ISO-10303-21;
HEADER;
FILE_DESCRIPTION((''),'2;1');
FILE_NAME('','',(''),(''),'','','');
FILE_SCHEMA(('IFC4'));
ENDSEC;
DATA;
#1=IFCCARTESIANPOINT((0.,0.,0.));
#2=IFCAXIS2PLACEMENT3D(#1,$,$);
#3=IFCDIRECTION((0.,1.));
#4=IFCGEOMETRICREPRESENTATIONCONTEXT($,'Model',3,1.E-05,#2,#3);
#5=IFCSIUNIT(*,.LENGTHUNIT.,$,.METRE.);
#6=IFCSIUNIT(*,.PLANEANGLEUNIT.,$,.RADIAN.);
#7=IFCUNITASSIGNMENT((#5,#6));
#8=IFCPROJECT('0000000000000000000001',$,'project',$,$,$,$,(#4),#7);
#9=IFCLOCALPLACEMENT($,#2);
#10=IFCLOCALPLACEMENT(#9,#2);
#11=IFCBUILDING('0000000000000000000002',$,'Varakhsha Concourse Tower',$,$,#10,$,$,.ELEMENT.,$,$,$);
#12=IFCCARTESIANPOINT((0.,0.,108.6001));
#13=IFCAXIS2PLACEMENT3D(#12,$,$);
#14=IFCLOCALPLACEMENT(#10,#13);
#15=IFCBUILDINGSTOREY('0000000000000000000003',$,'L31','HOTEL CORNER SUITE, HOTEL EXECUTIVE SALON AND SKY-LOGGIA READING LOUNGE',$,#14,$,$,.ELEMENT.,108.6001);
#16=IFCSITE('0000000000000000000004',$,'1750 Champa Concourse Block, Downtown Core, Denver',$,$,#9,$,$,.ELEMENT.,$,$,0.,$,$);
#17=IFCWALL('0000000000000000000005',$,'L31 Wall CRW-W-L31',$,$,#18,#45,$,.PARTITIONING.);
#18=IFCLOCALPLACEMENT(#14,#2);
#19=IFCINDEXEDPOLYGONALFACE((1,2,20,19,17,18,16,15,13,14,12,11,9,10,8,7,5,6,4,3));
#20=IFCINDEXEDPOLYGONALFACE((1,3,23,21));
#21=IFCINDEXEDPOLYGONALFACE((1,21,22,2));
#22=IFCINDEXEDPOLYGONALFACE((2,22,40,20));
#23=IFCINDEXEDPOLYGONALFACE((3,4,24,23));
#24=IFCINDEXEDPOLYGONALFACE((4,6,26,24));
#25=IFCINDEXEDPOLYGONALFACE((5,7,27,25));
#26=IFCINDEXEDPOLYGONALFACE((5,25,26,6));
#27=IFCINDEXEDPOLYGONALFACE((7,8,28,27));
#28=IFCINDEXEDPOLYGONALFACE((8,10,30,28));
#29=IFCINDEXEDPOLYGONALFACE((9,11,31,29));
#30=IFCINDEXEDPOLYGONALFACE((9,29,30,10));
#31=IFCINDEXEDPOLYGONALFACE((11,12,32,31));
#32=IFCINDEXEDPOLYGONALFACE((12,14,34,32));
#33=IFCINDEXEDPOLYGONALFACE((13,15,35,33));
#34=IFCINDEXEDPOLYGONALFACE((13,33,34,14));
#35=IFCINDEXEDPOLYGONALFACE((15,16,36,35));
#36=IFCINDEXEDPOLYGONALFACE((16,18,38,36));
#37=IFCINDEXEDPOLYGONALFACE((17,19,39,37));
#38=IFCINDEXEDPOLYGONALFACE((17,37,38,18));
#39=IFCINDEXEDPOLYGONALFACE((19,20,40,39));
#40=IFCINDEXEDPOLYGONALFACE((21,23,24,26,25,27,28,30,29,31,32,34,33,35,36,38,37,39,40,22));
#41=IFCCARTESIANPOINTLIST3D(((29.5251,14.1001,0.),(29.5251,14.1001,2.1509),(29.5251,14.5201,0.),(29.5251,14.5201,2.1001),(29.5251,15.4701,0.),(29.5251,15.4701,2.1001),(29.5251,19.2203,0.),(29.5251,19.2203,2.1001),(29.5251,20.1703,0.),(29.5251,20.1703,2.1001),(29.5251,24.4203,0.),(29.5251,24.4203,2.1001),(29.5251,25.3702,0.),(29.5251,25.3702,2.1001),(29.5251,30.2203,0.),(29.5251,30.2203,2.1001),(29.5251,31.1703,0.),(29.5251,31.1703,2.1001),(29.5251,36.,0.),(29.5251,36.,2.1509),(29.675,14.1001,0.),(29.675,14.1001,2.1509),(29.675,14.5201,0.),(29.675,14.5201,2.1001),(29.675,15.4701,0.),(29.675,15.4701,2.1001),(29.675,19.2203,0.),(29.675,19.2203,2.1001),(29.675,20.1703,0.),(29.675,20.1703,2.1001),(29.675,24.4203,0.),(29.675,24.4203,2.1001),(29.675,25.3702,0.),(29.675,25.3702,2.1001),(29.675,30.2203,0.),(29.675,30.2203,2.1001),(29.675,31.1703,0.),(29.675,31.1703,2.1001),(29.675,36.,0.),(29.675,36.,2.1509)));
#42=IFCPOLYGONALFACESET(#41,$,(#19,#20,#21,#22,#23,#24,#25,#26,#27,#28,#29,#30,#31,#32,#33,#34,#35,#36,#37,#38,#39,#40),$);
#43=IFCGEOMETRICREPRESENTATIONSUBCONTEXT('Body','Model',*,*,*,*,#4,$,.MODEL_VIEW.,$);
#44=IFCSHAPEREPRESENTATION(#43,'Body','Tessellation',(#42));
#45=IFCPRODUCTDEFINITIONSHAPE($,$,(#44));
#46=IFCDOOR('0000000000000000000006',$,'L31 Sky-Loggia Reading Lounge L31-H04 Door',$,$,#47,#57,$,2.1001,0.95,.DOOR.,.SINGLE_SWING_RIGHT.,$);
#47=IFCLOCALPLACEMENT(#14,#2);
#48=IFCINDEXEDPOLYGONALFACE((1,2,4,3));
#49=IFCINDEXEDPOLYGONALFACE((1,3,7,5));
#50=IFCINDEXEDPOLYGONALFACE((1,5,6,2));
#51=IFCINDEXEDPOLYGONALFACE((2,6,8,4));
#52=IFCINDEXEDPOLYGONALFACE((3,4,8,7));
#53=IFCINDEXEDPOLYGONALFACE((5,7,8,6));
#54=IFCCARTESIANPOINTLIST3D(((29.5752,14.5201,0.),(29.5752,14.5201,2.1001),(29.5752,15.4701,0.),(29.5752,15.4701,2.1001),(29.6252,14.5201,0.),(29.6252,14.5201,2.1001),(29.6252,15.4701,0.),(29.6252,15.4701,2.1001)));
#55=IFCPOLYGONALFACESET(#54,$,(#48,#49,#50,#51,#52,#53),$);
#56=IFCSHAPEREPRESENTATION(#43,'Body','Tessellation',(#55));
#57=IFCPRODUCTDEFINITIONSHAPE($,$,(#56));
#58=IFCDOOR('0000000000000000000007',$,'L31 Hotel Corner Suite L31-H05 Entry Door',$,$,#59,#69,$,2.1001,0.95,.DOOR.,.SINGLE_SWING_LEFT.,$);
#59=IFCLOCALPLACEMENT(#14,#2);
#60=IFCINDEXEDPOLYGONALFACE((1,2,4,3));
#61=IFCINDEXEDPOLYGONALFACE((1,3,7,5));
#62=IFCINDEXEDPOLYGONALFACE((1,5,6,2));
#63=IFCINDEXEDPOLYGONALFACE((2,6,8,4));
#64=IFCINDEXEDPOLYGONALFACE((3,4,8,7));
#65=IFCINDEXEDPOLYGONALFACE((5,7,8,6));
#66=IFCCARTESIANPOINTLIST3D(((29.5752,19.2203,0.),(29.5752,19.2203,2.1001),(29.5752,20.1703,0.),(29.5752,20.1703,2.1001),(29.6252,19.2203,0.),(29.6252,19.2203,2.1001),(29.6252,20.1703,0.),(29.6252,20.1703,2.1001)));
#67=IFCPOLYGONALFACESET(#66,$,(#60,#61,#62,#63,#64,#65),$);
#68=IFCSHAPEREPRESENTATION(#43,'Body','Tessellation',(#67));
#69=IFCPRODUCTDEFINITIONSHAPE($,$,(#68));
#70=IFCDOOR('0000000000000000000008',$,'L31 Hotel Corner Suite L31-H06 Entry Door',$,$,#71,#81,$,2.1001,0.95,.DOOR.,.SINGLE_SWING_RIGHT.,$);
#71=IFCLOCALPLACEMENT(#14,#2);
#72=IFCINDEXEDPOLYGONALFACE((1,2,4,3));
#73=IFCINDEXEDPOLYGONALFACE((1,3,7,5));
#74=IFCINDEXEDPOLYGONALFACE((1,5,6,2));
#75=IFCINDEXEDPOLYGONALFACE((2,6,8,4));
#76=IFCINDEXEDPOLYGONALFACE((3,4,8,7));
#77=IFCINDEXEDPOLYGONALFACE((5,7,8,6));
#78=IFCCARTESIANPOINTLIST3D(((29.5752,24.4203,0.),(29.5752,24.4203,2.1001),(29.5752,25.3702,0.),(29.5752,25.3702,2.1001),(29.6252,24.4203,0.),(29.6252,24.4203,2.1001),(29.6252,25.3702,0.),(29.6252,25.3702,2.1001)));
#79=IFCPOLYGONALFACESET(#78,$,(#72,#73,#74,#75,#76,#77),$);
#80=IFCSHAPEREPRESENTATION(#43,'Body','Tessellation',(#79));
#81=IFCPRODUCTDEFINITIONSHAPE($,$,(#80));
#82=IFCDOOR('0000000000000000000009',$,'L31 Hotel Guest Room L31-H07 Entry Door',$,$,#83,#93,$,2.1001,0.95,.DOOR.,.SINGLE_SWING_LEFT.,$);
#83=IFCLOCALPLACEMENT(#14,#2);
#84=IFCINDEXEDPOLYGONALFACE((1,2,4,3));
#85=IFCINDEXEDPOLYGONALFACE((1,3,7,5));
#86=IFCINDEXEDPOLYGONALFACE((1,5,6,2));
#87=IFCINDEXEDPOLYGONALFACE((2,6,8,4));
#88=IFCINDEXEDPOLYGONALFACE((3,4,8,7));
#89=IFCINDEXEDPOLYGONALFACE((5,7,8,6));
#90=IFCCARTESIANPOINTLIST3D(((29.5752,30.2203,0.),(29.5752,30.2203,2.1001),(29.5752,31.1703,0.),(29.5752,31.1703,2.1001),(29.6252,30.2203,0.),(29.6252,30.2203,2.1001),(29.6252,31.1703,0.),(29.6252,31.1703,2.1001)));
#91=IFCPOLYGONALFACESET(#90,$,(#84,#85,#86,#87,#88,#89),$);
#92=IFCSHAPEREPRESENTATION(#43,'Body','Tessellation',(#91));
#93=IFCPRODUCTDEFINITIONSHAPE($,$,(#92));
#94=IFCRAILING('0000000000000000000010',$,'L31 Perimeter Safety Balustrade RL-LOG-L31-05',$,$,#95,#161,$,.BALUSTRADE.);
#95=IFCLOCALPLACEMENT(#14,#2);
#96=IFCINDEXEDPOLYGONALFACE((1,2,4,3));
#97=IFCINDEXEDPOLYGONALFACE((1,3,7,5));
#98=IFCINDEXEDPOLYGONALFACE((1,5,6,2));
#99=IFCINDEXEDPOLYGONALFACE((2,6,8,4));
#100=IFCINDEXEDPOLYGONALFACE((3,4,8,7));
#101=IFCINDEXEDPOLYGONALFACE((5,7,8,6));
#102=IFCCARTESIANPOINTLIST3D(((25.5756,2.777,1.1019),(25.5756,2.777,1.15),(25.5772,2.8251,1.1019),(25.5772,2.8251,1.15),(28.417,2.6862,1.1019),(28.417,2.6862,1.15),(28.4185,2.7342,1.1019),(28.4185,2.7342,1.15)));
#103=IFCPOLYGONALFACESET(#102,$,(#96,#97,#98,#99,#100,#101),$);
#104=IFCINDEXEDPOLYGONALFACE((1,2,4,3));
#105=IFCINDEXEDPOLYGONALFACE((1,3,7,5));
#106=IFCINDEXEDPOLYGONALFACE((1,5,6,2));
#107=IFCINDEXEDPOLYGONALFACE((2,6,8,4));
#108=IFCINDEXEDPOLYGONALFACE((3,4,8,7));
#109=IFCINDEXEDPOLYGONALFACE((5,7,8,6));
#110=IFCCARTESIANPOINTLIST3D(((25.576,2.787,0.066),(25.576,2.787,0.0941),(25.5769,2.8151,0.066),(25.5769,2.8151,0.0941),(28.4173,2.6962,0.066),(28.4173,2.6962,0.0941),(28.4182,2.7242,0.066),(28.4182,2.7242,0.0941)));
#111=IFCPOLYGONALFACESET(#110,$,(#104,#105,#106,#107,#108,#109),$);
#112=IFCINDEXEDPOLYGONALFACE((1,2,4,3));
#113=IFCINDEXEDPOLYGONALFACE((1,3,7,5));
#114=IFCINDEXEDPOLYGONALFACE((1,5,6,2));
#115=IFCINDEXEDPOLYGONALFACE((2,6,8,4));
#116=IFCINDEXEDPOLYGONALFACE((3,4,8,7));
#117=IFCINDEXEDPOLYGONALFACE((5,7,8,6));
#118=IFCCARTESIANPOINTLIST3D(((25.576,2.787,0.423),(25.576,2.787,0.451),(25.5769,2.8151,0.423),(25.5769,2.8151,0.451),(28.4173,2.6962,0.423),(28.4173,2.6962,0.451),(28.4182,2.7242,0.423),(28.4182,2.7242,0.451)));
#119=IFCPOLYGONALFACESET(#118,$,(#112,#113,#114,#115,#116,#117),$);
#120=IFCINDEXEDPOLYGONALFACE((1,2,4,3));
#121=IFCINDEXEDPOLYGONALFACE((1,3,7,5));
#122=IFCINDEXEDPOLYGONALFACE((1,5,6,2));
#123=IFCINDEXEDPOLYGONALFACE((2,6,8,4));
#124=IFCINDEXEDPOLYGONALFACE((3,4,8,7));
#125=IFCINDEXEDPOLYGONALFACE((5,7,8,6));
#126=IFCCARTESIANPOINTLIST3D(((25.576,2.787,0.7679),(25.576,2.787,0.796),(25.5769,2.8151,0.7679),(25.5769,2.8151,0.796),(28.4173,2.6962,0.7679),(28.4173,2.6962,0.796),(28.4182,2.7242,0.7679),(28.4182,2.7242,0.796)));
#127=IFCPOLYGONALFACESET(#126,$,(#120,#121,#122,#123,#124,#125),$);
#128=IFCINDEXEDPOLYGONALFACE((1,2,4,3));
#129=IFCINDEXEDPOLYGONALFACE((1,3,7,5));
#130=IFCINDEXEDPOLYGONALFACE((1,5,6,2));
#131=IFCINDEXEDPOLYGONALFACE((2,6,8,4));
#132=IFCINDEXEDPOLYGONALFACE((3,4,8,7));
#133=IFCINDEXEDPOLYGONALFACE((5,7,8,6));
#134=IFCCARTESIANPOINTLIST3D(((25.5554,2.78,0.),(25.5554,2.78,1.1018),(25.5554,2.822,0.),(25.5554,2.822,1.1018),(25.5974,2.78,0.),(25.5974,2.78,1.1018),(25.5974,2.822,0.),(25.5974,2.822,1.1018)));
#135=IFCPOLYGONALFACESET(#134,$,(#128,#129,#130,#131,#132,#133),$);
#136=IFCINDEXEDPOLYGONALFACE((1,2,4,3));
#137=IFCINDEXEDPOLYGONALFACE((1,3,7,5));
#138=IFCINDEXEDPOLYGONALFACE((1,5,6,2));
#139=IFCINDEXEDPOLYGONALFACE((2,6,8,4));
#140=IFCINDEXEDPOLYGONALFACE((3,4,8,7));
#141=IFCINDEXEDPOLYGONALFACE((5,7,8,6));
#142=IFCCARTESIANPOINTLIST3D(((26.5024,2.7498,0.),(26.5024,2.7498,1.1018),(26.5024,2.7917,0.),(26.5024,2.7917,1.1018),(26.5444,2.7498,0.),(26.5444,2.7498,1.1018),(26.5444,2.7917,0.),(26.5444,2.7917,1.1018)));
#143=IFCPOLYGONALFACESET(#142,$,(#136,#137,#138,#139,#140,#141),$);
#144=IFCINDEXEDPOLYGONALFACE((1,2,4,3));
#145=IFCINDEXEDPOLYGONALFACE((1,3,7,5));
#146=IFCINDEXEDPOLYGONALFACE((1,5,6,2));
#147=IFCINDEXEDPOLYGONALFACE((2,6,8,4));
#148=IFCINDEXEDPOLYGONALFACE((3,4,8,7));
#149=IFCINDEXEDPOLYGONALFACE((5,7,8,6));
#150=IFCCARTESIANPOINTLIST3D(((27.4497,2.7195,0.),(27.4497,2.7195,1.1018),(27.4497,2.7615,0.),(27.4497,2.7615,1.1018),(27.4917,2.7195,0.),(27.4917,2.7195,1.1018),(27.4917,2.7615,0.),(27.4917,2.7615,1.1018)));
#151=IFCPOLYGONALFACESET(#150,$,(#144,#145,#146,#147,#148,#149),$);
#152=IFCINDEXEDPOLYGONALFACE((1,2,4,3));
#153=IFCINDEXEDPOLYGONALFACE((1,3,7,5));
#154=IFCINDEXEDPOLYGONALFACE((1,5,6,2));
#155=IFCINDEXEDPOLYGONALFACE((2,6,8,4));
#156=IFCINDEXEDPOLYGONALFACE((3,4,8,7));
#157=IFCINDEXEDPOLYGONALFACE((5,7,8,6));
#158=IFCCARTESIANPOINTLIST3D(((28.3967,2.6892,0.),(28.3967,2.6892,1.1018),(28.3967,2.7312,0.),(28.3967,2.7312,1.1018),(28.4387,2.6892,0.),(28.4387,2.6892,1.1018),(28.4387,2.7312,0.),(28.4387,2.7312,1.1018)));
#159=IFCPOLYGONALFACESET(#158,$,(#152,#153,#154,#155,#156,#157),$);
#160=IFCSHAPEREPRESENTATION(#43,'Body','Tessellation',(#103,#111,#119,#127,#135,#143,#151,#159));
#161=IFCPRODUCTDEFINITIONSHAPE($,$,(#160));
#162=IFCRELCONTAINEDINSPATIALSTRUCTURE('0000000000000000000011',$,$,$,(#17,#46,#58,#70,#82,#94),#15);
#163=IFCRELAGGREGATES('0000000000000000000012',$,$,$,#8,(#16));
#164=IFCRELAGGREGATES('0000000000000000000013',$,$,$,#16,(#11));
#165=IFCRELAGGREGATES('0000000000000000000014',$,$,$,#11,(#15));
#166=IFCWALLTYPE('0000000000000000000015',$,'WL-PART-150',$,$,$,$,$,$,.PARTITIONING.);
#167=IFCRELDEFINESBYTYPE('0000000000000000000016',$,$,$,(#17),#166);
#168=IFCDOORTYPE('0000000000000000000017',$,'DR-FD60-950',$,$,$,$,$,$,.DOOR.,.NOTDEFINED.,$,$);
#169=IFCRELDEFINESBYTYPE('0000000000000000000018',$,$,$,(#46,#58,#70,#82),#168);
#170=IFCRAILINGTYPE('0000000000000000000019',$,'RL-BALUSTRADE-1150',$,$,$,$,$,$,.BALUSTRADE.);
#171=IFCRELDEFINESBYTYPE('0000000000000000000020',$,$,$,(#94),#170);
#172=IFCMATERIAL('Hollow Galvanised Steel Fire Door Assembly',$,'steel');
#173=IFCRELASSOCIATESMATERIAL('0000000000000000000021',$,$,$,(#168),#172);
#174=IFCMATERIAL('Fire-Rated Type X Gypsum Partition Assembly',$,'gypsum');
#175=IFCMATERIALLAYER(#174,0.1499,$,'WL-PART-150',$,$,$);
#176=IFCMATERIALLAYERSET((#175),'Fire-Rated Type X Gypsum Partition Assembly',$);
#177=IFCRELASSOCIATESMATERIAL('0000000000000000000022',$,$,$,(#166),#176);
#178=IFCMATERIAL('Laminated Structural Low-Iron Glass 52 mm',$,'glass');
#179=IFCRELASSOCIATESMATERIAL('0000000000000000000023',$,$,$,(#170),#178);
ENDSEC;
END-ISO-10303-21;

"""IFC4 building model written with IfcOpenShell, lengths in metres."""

from ifc_helpers import new_model, si_unit, direction, frame, frame_2d, origin, origin_2d, place, context, subcontext, project, spatial, rectangle, extrude, material, layer, layer_set, type_object, element, fill, save


model = new_model("IFC4")

# Units and contexts
model_context = context("Model", 3, precision=1e-05, world=origin(), true_north=direction((0.0, 1.0)))
body_context = subcontext(model_context, "Body", "Model", "MODEL_VIEW")
ifc_project = project(units=[si_unit("LENGTHUNIT", "METRE"), si_unit("PLANEANGLEUNIT", "RADIAN")], contexts=[model_context])

# Site, building, storey
site_placement = place(None, origin())
site = spatial("IfcSite", under=ifc_project, at=site_placement, Name="1750 Champa Concourse Block, Downtown Core, Denver", CompositionType="ELEMENT", RefElevation=0.0)
building_placement = place(site_placement, origin())
building = spatial("IfcBuilding", under=site, at=building_placement, Name="Varakhsha Concourse Tower", CompositionType="ELEMENT")
storey_placement = place(building_placement, frame((0.0, 0.0, 108.6001)))
storey = spatial("IfcBuildingStorey", under=building, at=storey_placement, Name="L31", Description="HOTEL CORNER SUITE, HOTEL EXECUTIVE SALON AND SKY-LOGGIA READING LOUNGE", CompositionType="ELEMENT", Elevation=108.6001)

# Wall, openings, doors
ifc_material_1 = material(Name="Hollow Galvanised Steel Fire Door Assembly", Category="steel")
door_type_1 = type_object("IfcDoorType", Name="DR-FD60-950", OperationType="NOTDEFINED", PredefinedType="DOOR", material=ifc_material_1)
ifc_material_2 = material(Name="Fire-Rated Type X Gypsum Partition Assembly", Category="gypsum")
ifc_layer_1 = layer(ifc_material_2, 0.1499, Name="WL-PART-150")
ifc_layer_set_1 = layer_set([ifc_layer_1], Name="Fire-Rated Type X Gypsum Partition Assembly")
wall_type_1 = type_object("IfcWallType", Name="WL-PART-150", PredefinedType="PARTITIONING", material=ifc_layer_set_1)
wall_1_placement = place(storey_placement, frame((29.6001, 14.1001, 0.0), z_axis=(0.0, 0.0, 1.0), x_axis=(0.0, 1.0, 0.0)))
wall_1 = element("IfcWall", 1, at=wall_1_placement, inside=storey, type_object=wall_type_1, Name="L31 Wall CRW-W-L31", PredefinedType="PARTITIONING", context=body_context, shape_type="SweptSolid", body=[
    extrude(rectangle(XDim=21.8999, YDim=0.1499, at=frame_2d((10.95, 0.0))), origin(), (0.0, 0.0, 1.0), 2.1509),
])
opening_1_placement = place(wall_1_placement, frame((0.4199, 0.0, 0.0)))
opening_1 = element("IfcOpeningElement", 2, at=opening_1_placement, cuts=wall_1, PredefinedType="OPENING", context=body_context, shape_type="SweptSolid", body=[
    extrude(rectangle(XDim=0.95, YDim=2.1001, at=frame_2d((0.4751, 1.05))), frame((0.0, 0.085, 0.0), z_axis=(0.0, -1.0, 0.0), x_axis=(1.0, 0.0, 0.0)), (0.0, 0.0, 1.0), 0.1699),
])
opening_2_placement = place(wall_1_placement, frame((5.1201, 0.0, 0.0)))
opening_2 = element("IfcOpeningElement", 3, at=opening_2_placement, cuts=wall_1, PredefinedType="OPENING", context=body_context, shape_type="SweptSolid", body=[
    extrude(rectangle(XDim=0.95, YDim=2.1001, at=frame_2d((0.4751, 1.05))), frame((0.0, 0.085, 0.0), z_axis=(0.0, -1.0, 0.0), x_axis=(1.0, 0.0, 0.0)), (0.0, 0.0, 1.0), 0.1699),
])
opening_3_placement = place(wall_1_placement, frame((10.3201, 0.0, 0.0)))
opening_3 = element("IfcOpeningElement", 4, at=opening_3_placement, cuts=wall_1, PredefinedType="OPENING", context=body_context, shape_type="SweptSolid", body=[
    extrude(rectangle(XDim=0.95, YDim=2.1001, at=frame_2d((0.4751, 1.05))), frame((0.0, 0.085, 0.0), z_axis=(0.0, -1.0, 0.0), x_axis=(1.0, 0.0, 0.0)), (0.0, 0.0, 1.0), 0.1699),
])
opening_4_placement = place(wall_1_placement, frame((16.1201, 0.0, 0.0)))
opening_4 = element("IfcOpeningElement", 5, at=opening_4_placement, cuts=wall_1, PredefinedType="OPENING", context=body_context, shape_type="SweptSolid", body=[
    extrude(rectangle(XDim=0.95, YDim=2.1001, at=frame_2d((0.4751, 1.05))), frame((0.0, 0.085, 0.0), z_axis=(0.0, -1.0, 0.0), x_axis=(1.0, 0.0, 0.0)), (0.0, 0.0, 1.0), 0.1699),
])
door_1_placement = place(opening_1_placement, origin())
door_1 = element("IfcDoor", 6, at=door_1_placement, inside=storey, type_object=door_type_1, Name="L31 Sky-Loggia Reading Lounge L31-H04 Door", OperationType="SINGLE_SWING_RIGHT", OverallHeight=2.1001, OverallWidth=0.95, PredefinedType="DOOR", context=body_context, shape_type="SweptSolid", body=[
    extrude(rectangle(XDim=0.95, YDim=2.1001, at=frame_2d((0.4751, 1.05))), frame((0.0, 0.0249, 0.0), z_axis=(0.0, -1.0, 0.0), x_axis=(1.0, 0.0, 0.0)), (0.0, 0.0, 1.0), 0.05),
])
fill(opening_1, door_1)
door_2_placement = place(opening_2_placement, origin())
door_2 = element("IfcDoor", 7, at=door_2_placement, inside=storey, type_object=door_type_1, Name="L31 Hotel Corner Suite L31-H05 Entry Door", OperationType="SINGLE_SWING_LEFT", OverallHeight=2.1001, OverallWidth=0.95, PredefinedType="DOOR", context=body_context, shape_type="SweptSolid", body=[
    extrude(rectangle(XDim=0.95, YDim=2.1001, at=frame_2d((0.4751, 1.05))), frame((0.0, 0.0249, 0.0), z_axis=(0.0, -1.0, 0.0), x_axis=(1.0, 0.0, 0.0)), (0.0, 0.0, 1.0), 0.05),
])
fill(opening_2, door_2)
door_3_placement = place(opening_3_placement, origin())
door_3 = element("IfcDoor", 8, at=door_3_placement, inside=storey, type_object=door_type_1, Name="L31 Hotel Corner Suite L31-H06 Entry Door", OperationType="SINGLE_SWING_RIGHT", OverallHeight=2.1001, OverallWidth=0.95, PredefinedType="DOOR", context=body_context, shape_type="SweptSolid", body=[
    extrude(rectangle(XDim=0.95, YDim=2.1001, at=frame_2d((0.4751, 1.05))), frame((0.0, 0.0249, 0.0), z_axis=(0.0, -1.0, 0.0), x_axis=(1.0, 0.0, 0.0)), (0.0, 0.0, 1.0), 0.05),
])
fill(opening_3, door_3)
door_4_placement = place(opening_4_placement, origin())
door_4 = element("IfcDoor", 9, at=door_4_placement, inside=storey, type_object=door_type_1, Name="L31 Hotel Guest Room L31-H07 Entry Door", OperationType="SINGLE_SWING_LEFT", OverallHeight=2.1001, OverallWidth=0.95, PredefinedType="DOOR", context=body_context, shape_type="SweptSolid", body=[
    extrude(rectangle(XDim=0.95, YDim=2.1001, at=frame_2d((0.4751, 1.05))), frame((0.0, 0.0249, 0.0), z_axis=(0.0, -1.0, 0.0), x_axis=(1.0, 0.0, 0.0)), (0.0, 0.0, 1.0), 0.05),
])
fill(opening_4, door_4)

# Railing
ifc_material_3 = material(Name="Laminated Structural Low-Iron Glass 52 mm", Category="glass")
railing_type = type_object("IfcRailingType", Name="RL-BALUSTRADE-1150", PredefinedType="BALUSTRADE", material=ifc_material_3)
railing_1_placement = place(storey_placement, frame((25.5764, 2.801, 0.0)))
element("IfcRailing", 10, at=railing_1_placement, inside=storey, type_object=railing_type, Name="L31 Perimeter Safety Balustrade RL-LOG-L31-05", PredefinedType="BALUSTRADE", context=body_context, shape_type="SweptSolid", body=[
    extrude(rectangle(XDim=0.0481, YDim=0.0481, at=origin_2d()), frame((0.0, 0.0, 1.126), z_axis=(0.99949, -0.031948, 0.0), x_axis=(0.031948, 0.99949, 0.0)), (0.0, 0.0, 1.0), 2.8428),
    extrude(rectangle(XDim=0.0281, YDim=0.0281, at=origin_2d()), frame((0.0, 0.0, 0.0801), z_axis=(0.99949, -0.031948, 0.0), x_axis=(0.031948, 0.99949, 0.0)), (0.0, 0.0, 1.0), 2.8428),
    extrude(rectangle(XDim=0.0281, YDim=0.0281, at=origin_2d()), frame((0.0, 0.0, 0.437), z_axis=(0.99949, -0.031948, 0.0), x_axis=(0.031948, 0.99949, 0.0)), (0.0, 0.0, 1.0), 2.8428),
    extrude(rectangle(XDim=0.0281, YDim=0.0281, at=origin_2d()), frame((0.0, 0.0, 0.782), z_axis=(0.99949, -0.031948, 0.0), x_axis=(0.031948, 0.99949, 0.0)), (0.0, 0.0, 1.0), 2.8428),
    extrude(rectangle(XDim=0.042, YDim=0.042, at=origin_2d()), origin(), (0.0, 0.0, 1.0), 1.1018),
    extrude(rectangle(XDim=0.042, YDim=0.042, at=origin_2d()), frame((0.947, -0.0303, 0.0)), (0.0, 0.0, 1.0), 1.1018),
    extrude(rectangle(XDim=0.042, YDim=0.042, at=origin_2d()), frame((1.8943, -0.0605, 0.0)), (0.0, 0.0, 1.0), 1.1018),
    extrude(rectangle(XDim=0.042, YDim=0.042, at=origin_2d()), frame((2.8413, -0.0908, 0.0)), (0.0, 0.0, 1.0), 1.1018),
])

save(model, "model.ifc")
